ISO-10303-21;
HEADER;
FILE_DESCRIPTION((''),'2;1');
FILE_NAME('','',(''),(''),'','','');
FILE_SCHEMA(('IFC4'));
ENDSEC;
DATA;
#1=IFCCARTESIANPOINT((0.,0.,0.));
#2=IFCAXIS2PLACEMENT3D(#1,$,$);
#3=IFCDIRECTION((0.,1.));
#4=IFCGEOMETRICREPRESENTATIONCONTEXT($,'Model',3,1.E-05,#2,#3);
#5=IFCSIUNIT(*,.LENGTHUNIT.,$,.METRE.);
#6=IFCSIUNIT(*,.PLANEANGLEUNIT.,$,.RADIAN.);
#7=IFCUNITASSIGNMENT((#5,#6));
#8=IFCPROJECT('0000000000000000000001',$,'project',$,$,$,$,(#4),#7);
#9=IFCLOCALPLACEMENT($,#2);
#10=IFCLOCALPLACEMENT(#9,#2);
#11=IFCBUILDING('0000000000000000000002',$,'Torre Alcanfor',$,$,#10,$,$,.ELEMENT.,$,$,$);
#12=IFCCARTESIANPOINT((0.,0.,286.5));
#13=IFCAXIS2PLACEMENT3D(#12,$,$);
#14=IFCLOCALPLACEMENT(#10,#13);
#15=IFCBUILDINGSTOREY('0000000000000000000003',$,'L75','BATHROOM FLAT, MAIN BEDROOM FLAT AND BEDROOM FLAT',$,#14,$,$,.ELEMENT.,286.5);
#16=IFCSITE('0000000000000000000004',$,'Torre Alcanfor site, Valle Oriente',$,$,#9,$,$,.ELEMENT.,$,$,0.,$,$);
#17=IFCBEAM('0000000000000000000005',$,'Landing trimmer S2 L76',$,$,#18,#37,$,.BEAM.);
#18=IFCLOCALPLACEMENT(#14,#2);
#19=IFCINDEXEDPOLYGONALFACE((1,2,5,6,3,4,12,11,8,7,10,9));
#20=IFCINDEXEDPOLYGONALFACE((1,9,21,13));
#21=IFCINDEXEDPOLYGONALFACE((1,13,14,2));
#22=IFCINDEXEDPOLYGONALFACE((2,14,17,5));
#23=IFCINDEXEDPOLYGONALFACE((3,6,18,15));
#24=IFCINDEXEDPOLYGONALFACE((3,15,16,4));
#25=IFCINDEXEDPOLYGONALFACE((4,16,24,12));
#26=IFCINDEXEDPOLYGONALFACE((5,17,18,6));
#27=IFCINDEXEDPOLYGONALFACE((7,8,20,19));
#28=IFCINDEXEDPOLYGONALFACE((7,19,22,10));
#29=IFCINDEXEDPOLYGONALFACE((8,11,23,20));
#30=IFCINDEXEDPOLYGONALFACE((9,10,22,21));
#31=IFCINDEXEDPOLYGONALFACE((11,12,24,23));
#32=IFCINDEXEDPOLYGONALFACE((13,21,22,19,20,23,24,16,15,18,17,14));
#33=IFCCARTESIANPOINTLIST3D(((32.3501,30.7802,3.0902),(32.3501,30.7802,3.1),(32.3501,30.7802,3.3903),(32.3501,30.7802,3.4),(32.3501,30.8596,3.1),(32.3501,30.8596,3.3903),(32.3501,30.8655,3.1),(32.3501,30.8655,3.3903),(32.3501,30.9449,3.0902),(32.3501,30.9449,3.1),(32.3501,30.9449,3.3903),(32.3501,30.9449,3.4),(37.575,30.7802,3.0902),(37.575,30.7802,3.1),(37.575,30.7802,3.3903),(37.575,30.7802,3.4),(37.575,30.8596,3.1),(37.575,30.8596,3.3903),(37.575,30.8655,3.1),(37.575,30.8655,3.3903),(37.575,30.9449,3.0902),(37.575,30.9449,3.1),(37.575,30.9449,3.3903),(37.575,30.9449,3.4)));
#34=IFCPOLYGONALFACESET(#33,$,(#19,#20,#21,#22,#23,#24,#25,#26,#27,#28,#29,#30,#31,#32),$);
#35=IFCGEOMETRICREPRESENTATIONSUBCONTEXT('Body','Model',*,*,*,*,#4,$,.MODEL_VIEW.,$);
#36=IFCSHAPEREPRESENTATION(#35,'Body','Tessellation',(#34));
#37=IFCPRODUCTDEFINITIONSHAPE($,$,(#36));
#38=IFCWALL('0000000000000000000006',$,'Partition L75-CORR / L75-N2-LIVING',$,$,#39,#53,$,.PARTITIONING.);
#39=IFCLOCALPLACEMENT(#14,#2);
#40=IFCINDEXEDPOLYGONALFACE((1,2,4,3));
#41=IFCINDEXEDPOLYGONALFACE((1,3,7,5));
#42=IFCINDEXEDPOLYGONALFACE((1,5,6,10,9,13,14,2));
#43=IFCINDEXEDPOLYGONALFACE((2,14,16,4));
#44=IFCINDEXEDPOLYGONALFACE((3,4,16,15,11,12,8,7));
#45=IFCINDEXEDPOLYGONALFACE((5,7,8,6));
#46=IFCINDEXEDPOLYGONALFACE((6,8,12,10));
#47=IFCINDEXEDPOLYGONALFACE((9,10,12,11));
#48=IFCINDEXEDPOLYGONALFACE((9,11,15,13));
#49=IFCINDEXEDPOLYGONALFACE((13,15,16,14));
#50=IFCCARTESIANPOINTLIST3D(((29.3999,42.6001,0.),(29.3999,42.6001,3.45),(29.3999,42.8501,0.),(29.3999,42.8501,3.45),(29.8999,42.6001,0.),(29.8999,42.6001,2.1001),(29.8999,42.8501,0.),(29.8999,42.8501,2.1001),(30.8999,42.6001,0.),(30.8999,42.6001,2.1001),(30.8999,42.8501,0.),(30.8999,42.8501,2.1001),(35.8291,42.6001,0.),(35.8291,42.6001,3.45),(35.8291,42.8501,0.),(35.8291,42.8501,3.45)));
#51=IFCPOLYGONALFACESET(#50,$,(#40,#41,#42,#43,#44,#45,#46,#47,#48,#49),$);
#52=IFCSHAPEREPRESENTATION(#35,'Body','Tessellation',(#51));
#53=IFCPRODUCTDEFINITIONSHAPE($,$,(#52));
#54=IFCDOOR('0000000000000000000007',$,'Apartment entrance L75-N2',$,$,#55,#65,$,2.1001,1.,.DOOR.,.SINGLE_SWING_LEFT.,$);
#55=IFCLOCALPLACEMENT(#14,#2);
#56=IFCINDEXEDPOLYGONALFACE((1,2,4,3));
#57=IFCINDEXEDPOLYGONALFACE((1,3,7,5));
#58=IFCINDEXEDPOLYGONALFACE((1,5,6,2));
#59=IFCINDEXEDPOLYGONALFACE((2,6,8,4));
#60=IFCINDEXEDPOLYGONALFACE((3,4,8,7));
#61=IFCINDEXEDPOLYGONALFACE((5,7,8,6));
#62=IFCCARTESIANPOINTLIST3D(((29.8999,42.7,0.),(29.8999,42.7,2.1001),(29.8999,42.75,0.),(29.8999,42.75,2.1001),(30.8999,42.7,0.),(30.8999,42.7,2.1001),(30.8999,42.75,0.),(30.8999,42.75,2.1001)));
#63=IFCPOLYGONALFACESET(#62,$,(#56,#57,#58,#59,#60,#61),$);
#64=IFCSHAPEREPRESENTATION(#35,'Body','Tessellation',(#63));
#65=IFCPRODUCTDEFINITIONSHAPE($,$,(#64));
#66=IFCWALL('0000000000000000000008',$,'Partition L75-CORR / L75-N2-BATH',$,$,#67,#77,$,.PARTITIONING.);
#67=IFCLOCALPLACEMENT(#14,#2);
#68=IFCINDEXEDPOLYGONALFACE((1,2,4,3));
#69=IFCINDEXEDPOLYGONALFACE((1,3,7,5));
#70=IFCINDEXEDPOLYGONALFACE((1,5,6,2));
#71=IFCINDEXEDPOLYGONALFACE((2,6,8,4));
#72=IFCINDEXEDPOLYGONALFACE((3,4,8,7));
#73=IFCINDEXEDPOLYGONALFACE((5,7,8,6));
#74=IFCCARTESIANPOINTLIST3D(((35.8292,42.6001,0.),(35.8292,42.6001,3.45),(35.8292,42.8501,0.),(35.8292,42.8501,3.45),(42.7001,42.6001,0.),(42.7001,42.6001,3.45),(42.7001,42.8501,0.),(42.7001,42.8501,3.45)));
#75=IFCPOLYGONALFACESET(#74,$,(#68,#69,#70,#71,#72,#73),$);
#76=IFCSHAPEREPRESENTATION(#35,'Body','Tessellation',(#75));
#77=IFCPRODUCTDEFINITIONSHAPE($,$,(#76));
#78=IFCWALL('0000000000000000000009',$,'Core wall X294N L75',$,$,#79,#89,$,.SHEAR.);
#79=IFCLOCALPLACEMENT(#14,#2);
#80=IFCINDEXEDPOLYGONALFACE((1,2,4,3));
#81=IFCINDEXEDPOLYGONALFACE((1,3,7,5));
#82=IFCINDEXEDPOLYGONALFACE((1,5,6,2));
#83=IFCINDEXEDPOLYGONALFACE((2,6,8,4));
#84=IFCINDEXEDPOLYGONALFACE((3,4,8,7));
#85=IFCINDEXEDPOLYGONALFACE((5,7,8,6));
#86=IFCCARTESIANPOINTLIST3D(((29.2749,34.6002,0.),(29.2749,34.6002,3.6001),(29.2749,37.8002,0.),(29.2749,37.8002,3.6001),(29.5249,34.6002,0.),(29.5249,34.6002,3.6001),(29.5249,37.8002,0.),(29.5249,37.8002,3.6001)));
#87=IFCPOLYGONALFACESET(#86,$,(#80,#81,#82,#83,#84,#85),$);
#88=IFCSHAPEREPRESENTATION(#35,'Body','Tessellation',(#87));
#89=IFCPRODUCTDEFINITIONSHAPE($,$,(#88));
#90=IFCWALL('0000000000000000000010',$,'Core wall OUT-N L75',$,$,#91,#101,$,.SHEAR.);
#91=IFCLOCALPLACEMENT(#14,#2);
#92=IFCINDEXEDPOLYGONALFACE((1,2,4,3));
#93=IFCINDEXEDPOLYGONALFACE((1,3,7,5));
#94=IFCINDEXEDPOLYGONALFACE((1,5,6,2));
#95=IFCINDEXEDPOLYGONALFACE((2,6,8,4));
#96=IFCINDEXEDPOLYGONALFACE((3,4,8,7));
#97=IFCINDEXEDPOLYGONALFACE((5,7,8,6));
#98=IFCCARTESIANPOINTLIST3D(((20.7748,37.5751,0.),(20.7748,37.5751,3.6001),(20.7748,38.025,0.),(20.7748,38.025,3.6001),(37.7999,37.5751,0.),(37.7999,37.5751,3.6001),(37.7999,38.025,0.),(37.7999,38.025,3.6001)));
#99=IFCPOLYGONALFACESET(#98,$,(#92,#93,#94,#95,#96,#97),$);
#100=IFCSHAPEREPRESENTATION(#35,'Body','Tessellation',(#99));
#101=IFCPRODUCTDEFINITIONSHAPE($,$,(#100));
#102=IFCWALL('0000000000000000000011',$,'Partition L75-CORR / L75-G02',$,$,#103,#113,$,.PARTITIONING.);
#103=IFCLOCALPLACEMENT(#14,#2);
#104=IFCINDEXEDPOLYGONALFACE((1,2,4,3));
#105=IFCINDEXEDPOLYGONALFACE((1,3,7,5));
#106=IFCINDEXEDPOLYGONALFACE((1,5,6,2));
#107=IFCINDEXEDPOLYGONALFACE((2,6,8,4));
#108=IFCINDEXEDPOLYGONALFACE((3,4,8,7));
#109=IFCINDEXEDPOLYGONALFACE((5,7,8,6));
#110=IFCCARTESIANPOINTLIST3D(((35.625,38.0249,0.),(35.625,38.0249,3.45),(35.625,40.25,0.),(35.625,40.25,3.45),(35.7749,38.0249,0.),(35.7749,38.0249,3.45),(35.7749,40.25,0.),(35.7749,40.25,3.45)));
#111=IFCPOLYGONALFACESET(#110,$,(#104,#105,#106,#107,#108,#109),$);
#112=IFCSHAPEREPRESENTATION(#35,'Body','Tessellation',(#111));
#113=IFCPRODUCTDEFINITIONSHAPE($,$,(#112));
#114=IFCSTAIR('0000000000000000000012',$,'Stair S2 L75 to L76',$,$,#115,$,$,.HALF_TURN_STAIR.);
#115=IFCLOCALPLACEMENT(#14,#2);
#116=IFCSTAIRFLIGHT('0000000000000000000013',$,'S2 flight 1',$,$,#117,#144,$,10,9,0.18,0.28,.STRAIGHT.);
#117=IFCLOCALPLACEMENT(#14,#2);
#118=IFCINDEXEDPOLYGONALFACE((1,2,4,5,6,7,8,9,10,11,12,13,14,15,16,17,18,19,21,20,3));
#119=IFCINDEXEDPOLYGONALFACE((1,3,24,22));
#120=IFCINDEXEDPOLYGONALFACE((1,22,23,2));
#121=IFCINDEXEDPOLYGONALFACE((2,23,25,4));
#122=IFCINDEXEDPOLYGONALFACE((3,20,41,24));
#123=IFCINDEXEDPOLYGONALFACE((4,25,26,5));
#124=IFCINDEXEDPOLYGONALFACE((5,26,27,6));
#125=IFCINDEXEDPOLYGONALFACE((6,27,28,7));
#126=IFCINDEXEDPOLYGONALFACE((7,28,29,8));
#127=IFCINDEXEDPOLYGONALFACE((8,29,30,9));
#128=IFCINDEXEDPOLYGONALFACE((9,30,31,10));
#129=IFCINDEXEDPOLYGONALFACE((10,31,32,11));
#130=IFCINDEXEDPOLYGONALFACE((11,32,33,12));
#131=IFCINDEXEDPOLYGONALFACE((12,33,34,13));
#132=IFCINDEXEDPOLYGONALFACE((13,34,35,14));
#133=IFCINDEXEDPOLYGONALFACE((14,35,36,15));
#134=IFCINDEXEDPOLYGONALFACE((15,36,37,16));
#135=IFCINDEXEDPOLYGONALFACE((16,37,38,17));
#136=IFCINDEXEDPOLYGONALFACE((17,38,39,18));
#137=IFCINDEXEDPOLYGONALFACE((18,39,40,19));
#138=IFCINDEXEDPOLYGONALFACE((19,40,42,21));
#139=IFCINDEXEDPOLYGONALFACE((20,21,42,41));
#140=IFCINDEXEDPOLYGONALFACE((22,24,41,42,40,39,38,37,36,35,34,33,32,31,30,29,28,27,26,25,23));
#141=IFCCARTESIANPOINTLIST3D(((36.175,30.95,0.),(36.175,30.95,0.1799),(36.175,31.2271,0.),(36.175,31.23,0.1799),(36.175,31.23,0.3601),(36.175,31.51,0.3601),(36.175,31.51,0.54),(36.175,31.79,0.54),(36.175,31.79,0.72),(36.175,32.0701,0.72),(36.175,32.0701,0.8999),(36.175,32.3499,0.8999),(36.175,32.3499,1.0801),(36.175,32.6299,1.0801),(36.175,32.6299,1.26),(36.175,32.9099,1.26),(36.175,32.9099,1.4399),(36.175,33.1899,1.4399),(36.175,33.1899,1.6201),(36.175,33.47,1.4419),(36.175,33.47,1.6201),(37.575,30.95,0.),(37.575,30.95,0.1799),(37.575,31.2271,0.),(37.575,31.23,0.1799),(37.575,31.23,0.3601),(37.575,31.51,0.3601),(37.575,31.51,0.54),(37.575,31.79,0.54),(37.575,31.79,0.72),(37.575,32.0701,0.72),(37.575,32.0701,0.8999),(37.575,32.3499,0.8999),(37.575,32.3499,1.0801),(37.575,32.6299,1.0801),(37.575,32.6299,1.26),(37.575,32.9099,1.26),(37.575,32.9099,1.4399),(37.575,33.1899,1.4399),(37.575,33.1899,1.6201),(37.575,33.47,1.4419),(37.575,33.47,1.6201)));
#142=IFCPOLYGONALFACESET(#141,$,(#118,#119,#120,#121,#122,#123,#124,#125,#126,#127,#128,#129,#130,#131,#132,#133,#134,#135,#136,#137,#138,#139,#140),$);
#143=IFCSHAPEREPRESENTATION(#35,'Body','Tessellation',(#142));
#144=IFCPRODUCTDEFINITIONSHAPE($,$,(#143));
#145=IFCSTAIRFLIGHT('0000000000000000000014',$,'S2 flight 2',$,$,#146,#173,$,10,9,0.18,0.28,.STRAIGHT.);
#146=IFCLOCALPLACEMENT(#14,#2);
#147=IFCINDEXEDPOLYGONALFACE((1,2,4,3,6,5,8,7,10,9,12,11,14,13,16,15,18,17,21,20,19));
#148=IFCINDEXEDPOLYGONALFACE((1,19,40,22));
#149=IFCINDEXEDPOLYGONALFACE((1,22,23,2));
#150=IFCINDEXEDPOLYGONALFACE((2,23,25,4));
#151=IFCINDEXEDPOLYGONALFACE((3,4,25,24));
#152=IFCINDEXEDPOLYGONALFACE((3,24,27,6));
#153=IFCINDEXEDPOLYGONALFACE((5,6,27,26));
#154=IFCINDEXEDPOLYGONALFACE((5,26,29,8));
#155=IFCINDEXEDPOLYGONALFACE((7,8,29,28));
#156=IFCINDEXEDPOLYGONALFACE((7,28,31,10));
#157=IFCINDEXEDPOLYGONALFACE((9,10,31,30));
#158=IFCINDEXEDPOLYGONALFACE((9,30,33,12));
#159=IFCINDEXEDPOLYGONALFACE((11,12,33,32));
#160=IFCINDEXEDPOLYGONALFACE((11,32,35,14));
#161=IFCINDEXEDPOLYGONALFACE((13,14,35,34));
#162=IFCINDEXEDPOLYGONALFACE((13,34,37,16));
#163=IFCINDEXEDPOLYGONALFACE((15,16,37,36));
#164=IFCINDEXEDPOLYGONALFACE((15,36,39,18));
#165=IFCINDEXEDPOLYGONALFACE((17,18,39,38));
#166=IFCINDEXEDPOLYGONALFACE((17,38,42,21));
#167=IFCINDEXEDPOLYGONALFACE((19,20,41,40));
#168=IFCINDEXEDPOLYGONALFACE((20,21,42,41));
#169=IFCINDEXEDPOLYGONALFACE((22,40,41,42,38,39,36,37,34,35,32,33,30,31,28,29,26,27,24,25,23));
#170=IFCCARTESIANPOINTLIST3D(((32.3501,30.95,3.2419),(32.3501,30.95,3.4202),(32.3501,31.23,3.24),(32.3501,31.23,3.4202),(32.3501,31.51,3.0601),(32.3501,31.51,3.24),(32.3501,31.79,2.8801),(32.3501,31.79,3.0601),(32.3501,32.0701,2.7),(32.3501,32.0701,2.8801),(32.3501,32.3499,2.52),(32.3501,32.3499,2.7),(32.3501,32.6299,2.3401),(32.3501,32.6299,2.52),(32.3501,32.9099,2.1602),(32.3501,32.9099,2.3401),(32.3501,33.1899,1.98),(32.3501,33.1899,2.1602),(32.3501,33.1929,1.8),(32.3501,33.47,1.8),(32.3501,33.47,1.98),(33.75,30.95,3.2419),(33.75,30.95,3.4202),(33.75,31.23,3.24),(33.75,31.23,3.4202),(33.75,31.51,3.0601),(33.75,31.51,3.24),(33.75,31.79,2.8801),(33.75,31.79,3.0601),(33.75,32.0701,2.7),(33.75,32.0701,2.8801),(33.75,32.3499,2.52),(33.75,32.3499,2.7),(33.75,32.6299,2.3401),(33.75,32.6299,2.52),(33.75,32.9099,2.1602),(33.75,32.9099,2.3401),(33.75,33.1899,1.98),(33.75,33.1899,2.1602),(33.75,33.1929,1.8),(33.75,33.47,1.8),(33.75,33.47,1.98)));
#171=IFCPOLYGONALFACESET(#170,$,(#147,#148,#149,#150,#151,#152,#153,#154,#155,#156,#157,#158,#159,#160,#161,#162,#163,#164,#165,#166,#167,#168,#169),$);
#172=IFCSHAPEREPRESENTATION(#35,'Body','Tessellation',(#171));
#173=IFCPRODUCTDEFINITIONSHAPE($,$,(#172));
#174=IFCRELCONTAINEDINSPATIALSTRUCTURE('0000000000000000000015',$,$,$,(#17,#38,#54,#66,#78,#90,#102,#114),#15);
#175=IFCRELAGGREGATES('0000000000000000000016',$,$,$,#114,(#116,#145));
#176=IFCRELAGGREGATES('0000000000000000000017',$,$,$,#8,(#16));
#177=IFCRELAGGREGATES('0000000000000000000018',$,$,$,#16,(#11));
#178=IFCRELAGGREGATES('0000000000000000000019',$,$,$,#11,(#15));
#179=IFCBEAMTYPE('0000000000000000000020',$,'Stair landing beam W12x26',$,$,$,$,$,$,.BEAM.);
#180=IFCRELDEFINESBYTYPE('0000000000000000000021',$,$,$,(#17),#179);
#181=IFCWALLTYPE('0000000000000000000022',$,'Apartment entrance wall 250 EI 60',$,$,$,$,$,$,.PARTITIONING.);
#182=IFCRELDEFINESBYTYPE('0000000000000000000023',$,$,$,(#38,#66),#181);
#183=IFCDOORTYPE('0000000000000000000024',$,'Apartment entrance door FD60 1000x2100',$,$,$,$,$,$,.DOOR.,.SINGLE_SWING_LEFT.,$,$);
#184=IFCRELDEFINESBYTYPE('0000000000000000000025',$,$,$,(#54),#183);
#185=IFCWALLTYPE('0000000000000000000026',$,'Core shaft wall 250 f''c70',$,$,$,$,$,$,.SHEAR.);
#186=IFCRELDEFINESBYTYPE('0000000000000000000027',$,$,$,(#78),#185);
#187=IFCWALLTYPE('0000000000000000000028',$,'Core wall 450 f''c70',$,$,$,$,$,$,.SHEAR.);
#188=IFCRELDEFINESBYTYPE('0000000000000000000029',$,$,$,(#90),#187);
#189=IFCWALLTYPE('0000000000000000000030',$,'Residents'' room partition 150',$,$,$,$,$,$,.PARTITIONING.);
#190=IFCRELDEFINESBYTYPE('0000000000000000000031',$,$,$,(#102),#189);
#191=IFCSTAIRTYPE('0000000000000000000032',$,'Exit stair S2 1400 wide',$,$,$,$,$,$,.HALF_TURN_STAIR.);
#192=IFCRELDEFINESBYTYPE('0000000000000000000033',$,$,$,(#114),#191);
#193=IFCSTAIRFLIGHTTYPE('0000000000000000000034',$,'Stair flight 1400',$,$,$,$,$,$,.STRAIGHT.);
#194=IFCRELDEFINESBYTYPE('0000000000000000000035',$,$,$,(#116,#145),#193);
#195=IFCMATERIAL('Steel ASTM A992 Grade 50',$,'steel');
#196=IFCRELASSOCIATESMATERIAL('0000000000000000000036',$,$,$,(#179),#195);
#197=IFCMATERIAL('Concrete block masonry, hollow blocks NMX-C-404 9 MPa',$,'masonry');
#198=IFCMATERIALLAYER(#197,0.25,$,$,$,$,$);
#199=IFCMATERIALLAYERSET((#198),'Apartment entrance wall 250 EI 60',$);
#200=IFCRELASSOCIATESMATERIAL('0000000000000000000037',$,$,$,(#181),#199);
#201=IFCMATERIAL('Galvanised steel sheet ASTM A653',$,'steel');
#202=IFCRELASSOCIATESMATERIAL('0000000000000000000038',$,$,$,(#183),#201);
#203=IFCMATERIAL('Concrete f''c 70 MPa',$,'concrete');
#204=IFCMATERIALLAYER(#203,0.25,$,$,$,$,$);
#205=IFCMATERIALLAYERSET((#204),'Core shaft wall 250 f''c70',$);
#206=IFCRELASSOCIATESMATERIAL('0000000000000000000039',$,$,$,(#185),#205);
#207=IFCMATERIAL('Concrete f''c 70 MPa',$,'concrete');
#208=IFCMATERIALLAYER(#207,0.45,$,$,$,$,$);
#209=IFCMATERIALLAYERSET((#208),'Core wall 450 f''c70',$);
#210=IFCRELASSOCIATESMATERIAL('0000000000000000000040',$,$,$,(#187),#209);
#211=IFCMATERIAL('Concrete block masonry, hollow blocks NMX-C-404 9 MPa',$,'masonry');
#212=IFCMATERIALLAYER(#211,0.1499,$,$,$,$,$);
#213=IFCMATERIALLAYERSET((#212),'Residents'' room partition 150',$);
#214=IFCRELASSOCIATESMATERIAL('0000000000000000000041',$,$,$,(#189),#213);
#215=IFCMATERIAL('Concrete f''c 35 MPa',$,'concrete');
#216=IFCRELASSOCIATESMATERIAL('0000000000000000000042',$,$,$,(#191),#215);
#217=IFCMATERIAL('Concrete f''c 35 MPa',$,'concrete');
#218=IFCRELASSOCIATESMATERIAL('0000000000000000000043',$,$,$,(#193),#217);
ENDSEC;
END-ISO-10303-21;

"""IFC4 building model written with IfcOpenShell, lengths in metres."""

from ifc_helpers import new_model, si_unit, direction, frame, frame_2d, origin, origin_2d, place, context, subcontext, project, spatial, polyline, rectangle, i_section, outline, extrude, material, layer, layer_set, material_profile, profile_set, type_object, element, fill, aggregate, save


model = new_model("IFC4")

# Units and contexts
model_context = context("Model", 3, precision=1e-05, world=origin(), true_north=direction((0.0, 1.0)))
body_context = subcontext(model_context, "Body", "Model", "MODEL_VIEW")
ifc_project = project(units=[si_unit("LENGTHUNIT", "METRE"), si_unit("PLANEANGLEUNIT", "RADIAN")], contexts=[model_context])

# Site, building, storey
site_placement = place(None, origin())
site = spatial("IfcSite", under=ifc_project, at=site_placement, Name="Torre Alcanfor site, Valle Oriente", CompositionType="ELEMENT", RefElevation=0.0)
building_placement = place(site_placement, origin())
building = spatial("IfcBuilding", under=site, at=building_placement, Name="Torre Alcanfor", CompositionType="ELEMENT")
storey_placement = place(building_placement, frame((0.0, 0.0, 286.5)))
storey = spatial("IfcBuildingStorey", under=building, at=storey_placement, Name="L75", Description="BATHROOM FLAT, MAIN BEDROOM FLAT AND BEDROOM FLAT", CompositionType="ELEMENT", Elevation=286.5)

# Beam
ifc_material_1 = material(Name="Steel ASTM A992 Grade 50", Category="steel")
ifc_material_profile_1 = material_profile(ifc_material_1, i_section(OverallWidth=0.1648, OverallDepth=0.3098, WebThickness=0.0059, FlangeThickness=0.0098, at=origin_2d()), Name="W12x26")
ifc_profile_set_1 = profile_set([ifc_material_profile_1], Name="Steel ASTM A992 Grade 50")
beam_type_1 = type_object("IfcBeamType", Name="Stair landing beam W12x26", PredefinedType="BEAM", material=ifc_profile_set_1)
beam_1_placement = place(storey_placement, frame((32.3501, 30.8625, 3.2451), z_axis=(1.0, 0.0, 0.0), x_axis=(0.0, 1.0, 0.0)))
element("IfcBeam", 1, at=beam_1_placement, inside=storey, type_object=beam_type_1, Name="Landing trimmer S2 L76", PredefinedType="BEAM", context=body_context, shape_type="SweptSolid", body=[
    extrude(i_section(OverallWidth=0.1648, OverallDepth=0.3098, WebThickness=0.0059, FlangeThickness=0.0098, at=origin_2d()), origin(), (0.0, 0.0, 1.0), 5.2249),
])

# Wall, opening, door
ifc_material_2 = material(Name="Concrete block masonry, hollow blocks NMX-C-404 9 MPa", Category="masonry")
ifc_layer_1 = layer(ifc_material_2, 0.25)
ifc_layer_set_1 = layer_set([ifc_layer_1], Name="Apartment entrance wall 250 EI 60")
wall_type_1 = type_object("IfcWallType", Name="Apartment entrance wall 250 EI 60", PredefinedType="PARTITIONING", material=ifc_layer_set_1)
wall_1_placement = place(storey_placement, frame((29.3999, 42.7251, 0.0), z_axis=(0.0, 0.0, 1.0), x_axis=(1.0, 0.0, 0.0)))
wall_1 = element("IfcWall", 2, at=wall_1_placement, inside=storey, type_object=wall_type_1, Name="Partition L75-CORR / L75-N2-LIVING", PredefinedType="PARTITIONING", context=body_context, shape_type="SweptSolid", body=[
    extrude(rectangle(XDim=6.4292, YDim=0.25, at=frame_2d((3.2146, 0.0))), origin(), (0.0, 0.0, 1.0), 3.45),
])
opening_placement = place(wall_1_placement, frame((0.5, 0.0, 0.0)))
opening = element("IfcOpeningElement", 3, at=opening_placement, cuts=wall_1, PredefinedType="OPENING", context=body_context, shape_type="SweptSolid", body=[
    extrude(rectangle(XDim=1.0, YDim=2.1001, at=frame_2d((0.5, 1.05))), frame((0.0, 0.135, 0.0), z_axis=(0.0, -1.0, 0.0), x_axis=(1.0, 0.0, 0.0)), (0.0, 0.0, 1.0), 0.27),
])
ifc_material_3 = material(Name="Galvanised steel sheet ASTM A653", Category="steel")
door_type = type_object("IfcDoorType", Name="Apartment entrance door FD60 1000x2100", OperationType="SINGLE_SWING_LEFT", PredefinedType="DOOR", material=ifc_material_3)
door_placement = place(opening_placement, origin())
door = element("IfcDoor", 4, at=door_placement, inside=storey, type_object=door_type, Name="Apartment entrance L75-N2", OperationType="SINGLE_SWING_LEFT", OverallHeight=2.1001, OverallWidth=1.0, PredefinedType="DOOR", context=body_context, shape_type="SweptSolid", body=[
    extrude(rectangle(XDim=1.0, YDim=2.1001, at=frame_2d((0.5, 1.05))), frame((0.0, 0.0249, 0.0), z_axis=(0.0, -1.0, 0.0), x_axis=(1.0, 0.0, 0.0)), (0.0, 0.0, 1.0), 0.05),
])
fill(opening, door)

# Walls
wall_2_placement = place(storey_placement, frame((35.8291, 42.7251, 0.0), z_axis=(0.0, 0.0, 1.0), x_axis=(1.0, 0.0, 0.0)))
element("IfcWall", 5, at=wall_2_placement, inside=storey, type_object=wall_type_1, Name="Partition L75-CORR / L75-N2-BATH", PredefinedType="PARTITIONING", context=body_context, shape_type="SweptSolid", body=[
    extrude(rectangle(XDim=6.8708, YDim=0.25, at=frame_2d((3.4355, 0.0))), origin(), (0.0, 0.0, 1.0), 3.45),
])
ifc_material_4 = material(Name="Concrete f'c 70 MPa", Category="concrete")
ifc_layer_2 = layer(ifc_material_4, 0.25)
ifc_layer_set_2 = layer_set([ifc_layer_2], Name="Core shaft wall 250 f'c70")
wall_type_2 = type_object("IfcWallType", Name="Core shaft wall 250 f'c70", PredefinedType="SHEAR", material=ifc_layer_set_2)
wall_3_placement = place(storey_placement, frame((29.3999, 34.6001, 0.0), z_axis=(0.0, 0.0, 1.0), x_axis=(0.0, 1.0, 0.0)))
element("IfcWall", 6, at=wall_3_placement, inside=storey, type_object=wall_type_2, Name="Core wall X294N L75", PredefinedType="SHEAR", context=body_context, shape_type="SweptSolid", body=[
    extrude(rectangle(XDim=3.2, YDim=0.25, at=frame_2d((1.6001, 0.0))), origin(), (0.0, 0.0, 1.0), 3.6001),
])
ifc_material_5 = material(Name="Concrete f'c 70 MPa", Category="concrete")
ifc_layer_3 = layer(ifc_material_5, 0.45)
ifc_layer_set_3 = layer_set([ifc_layer_3], Name="Core wall 450 f'c70")
wall_type_3 = type_object("IfcWallType", Name="Core wall 450 f'c70", PredefinedType="SHEAR", material=ifc_layer_set_3)
wall_4_placement = place(storey_placement, frame((37.8, 37.8, 0.0), z_axis=(0.0, 0.0, 1.0), x_axis=(-1.0, 0.0, 0.0)))
element("IfcWall", 7, at=wall_4_placement, inside=storey, type_object=wall_type_3, Name="Core wall OUT-N L75", PredefinedType="SHEAR", context=body_context, shape_type="SweptSolid", body=[
    extrude(rectangle(XDim=17.0251, YDim=0.45, at=frame_2d((8.5127, 0.0))), origin(), (0.0, 0.0, 1.0), 3.6001),
])
ifc_material_6 = material(Name="Concrete block masonry, hollow blocks NMX-C-404 9 MPa", Category="masonry")
ifc_layer_4 = layer(ifc_material_6, 0.1499)
ifc_layer_set_4 = layer_set([ifc_layer_4], Name="Residents' room partition 150")
wall_type_4 = type_object("IfcWallType", Name="Residents' room partition 150", PredefinedType="PARTITIONING", material=ifc_layer_set_4)
wall_5_placement = place(storey_placement, frame((35.7, 40.25, 0.0), z_axis=(0.0, 0.0, 1.0), x_axis=(0.0, -1.0, 0.0)))
element("IfcWall", 8, at=wall_5_placement, inside=storey, type_object=wall_type_4, Name="Partition L75-CORR / L75-G02", PredefinedType="PARTITIONING", context=body_context, shape_type="SweptSolid", body=[
    extrude(rectangle(XDim=2.2251, YDim=0.1499, at=frame_2d((1.1125, 0.0))), origin(), (0.0, 0.0, 1.0), 3.45),
])

# Stair, stair flights
ifc_material_7 = material(Name="Concrete f'c 35 MPa", Category="concrete")
stair_type = type_object("IfcStairType", Name="Exit stair S2 1400 wide", PredefinedType="HALF_TURN_STAIR", material=ifc_material_7)
stair_placement = place(storey_placement, origin())
stair = element("IfcStair", 9, at=stair_placement, inside=storey, type_object=stair_type, Name="Stair S2 L75 to L76", PredefinedType="HALF_TURN_STAIR")
ifc_material_8 = material(Name="Concrete f'c 35 MPa", Category="concrete")
stair_flight_type = type_object("IfcStairFlightType", Name="Stair flight 1400", PredefinedType="STRAIGHT", material=ifc_material_8)
stair_flight_1_placement = place(storey_placement, frame((36.875, 30.95, 0.0), z_axis=(0.0, 0.0, 1.0), x_axis=(0.0, 1.0, 0.0)))
stair_flight_1 = element("IfcStairFlight", 10, at=stair_flight_1_placement, type_object=stair_flight_type, Name="S2 flight 1", NumberOfRisers=10, NumberOfTreads=9, PredefinedType="STRAIGHT", RiserHeight=0.18, TreadLength=0.28, context=body_context, shape_type="SweptSolid", body=[
    extrude(outline(polyline([(0.0, 0.0), (0.0, 0.1799), (0.28, 0.1799), (0.28, 0.3601), (0.5601, 0.3601), (0.5601, 0.54), (0.8401, 0.54), (0.8401, 0.72), (1.1201, 0.72), (1.1201, 0.8999), (1.3999, 0.8999), (1.3999, 1.0801), (1.6799, 1.0801), (1.6799, 1.26), (1.96, 1.26), (1.96, 1.4399), (2.24, 1.4399), (2.24, 1.6201), (2.52, 1.6201), (2.52, 1.8), (2.52, 1.4419), (0.2771, 0.0), (0.0, 0.0)])), frame((0.0, 0.7, 0.0), z_axis=(0.0, -1.0, 0.0), x_axis=(1.0, 0.0, 0.0)), (0.0, 0.0, 1.0), 1.3999),
])
stair_flight_2_placement = place(storey_placement, frame((33.05, 33.47, 1.8), z_axis=(0.0, 0.0, 1.0), x_axis=(0.0, -1.0, 0.0)))
stair_flight_2 = element("IfcStairFlight", 11, at=stair_flight_2_placement, type_object=stair_flight_type, Name="S2 flight 2", NumberOfRisers=10, NumberOfTreads=9, PredefinedType="STRAIGHT", RiserHeight=0.18, TreadLength=0.28, context=body_context, shape_type="SweptSolid", body=[
    extrude(outline(polyline([(0.0, 0.0), (0.0, 0.1799), (0.28, 0.1799), (0.28, 0.3601), (0.5601, 0.3601), (0.5601, 0.54), (0.8401, 0.54), (0.8401, 0.72), (1.1201, 0.72), (1.1201, 0.8999), (1.3999, 0.8999), (1.3999, 1.0801), (1.6799, 1.0801), (1.6799, 1.26), (1.96, 1.26), (1.96, 1.4399), (2.24, 1.4399), (2.24, 1.6201), (2.52, 1.6201), (2.52, 1.8), (2.52, 1.4419), (0.2771, 0.0), (0.0, 0.0)])), frame((0.0, 0.7, 0.0), z_axis=(0.0, -1.0, 0.0), x_axis=(1.0, 0.0, 0.0)), (0.0, 0.0, 1.0), 1.3999),
])
aggregate(stair, [stair_flight_1, stair_flight_2])

save(model, "model.ifc")
